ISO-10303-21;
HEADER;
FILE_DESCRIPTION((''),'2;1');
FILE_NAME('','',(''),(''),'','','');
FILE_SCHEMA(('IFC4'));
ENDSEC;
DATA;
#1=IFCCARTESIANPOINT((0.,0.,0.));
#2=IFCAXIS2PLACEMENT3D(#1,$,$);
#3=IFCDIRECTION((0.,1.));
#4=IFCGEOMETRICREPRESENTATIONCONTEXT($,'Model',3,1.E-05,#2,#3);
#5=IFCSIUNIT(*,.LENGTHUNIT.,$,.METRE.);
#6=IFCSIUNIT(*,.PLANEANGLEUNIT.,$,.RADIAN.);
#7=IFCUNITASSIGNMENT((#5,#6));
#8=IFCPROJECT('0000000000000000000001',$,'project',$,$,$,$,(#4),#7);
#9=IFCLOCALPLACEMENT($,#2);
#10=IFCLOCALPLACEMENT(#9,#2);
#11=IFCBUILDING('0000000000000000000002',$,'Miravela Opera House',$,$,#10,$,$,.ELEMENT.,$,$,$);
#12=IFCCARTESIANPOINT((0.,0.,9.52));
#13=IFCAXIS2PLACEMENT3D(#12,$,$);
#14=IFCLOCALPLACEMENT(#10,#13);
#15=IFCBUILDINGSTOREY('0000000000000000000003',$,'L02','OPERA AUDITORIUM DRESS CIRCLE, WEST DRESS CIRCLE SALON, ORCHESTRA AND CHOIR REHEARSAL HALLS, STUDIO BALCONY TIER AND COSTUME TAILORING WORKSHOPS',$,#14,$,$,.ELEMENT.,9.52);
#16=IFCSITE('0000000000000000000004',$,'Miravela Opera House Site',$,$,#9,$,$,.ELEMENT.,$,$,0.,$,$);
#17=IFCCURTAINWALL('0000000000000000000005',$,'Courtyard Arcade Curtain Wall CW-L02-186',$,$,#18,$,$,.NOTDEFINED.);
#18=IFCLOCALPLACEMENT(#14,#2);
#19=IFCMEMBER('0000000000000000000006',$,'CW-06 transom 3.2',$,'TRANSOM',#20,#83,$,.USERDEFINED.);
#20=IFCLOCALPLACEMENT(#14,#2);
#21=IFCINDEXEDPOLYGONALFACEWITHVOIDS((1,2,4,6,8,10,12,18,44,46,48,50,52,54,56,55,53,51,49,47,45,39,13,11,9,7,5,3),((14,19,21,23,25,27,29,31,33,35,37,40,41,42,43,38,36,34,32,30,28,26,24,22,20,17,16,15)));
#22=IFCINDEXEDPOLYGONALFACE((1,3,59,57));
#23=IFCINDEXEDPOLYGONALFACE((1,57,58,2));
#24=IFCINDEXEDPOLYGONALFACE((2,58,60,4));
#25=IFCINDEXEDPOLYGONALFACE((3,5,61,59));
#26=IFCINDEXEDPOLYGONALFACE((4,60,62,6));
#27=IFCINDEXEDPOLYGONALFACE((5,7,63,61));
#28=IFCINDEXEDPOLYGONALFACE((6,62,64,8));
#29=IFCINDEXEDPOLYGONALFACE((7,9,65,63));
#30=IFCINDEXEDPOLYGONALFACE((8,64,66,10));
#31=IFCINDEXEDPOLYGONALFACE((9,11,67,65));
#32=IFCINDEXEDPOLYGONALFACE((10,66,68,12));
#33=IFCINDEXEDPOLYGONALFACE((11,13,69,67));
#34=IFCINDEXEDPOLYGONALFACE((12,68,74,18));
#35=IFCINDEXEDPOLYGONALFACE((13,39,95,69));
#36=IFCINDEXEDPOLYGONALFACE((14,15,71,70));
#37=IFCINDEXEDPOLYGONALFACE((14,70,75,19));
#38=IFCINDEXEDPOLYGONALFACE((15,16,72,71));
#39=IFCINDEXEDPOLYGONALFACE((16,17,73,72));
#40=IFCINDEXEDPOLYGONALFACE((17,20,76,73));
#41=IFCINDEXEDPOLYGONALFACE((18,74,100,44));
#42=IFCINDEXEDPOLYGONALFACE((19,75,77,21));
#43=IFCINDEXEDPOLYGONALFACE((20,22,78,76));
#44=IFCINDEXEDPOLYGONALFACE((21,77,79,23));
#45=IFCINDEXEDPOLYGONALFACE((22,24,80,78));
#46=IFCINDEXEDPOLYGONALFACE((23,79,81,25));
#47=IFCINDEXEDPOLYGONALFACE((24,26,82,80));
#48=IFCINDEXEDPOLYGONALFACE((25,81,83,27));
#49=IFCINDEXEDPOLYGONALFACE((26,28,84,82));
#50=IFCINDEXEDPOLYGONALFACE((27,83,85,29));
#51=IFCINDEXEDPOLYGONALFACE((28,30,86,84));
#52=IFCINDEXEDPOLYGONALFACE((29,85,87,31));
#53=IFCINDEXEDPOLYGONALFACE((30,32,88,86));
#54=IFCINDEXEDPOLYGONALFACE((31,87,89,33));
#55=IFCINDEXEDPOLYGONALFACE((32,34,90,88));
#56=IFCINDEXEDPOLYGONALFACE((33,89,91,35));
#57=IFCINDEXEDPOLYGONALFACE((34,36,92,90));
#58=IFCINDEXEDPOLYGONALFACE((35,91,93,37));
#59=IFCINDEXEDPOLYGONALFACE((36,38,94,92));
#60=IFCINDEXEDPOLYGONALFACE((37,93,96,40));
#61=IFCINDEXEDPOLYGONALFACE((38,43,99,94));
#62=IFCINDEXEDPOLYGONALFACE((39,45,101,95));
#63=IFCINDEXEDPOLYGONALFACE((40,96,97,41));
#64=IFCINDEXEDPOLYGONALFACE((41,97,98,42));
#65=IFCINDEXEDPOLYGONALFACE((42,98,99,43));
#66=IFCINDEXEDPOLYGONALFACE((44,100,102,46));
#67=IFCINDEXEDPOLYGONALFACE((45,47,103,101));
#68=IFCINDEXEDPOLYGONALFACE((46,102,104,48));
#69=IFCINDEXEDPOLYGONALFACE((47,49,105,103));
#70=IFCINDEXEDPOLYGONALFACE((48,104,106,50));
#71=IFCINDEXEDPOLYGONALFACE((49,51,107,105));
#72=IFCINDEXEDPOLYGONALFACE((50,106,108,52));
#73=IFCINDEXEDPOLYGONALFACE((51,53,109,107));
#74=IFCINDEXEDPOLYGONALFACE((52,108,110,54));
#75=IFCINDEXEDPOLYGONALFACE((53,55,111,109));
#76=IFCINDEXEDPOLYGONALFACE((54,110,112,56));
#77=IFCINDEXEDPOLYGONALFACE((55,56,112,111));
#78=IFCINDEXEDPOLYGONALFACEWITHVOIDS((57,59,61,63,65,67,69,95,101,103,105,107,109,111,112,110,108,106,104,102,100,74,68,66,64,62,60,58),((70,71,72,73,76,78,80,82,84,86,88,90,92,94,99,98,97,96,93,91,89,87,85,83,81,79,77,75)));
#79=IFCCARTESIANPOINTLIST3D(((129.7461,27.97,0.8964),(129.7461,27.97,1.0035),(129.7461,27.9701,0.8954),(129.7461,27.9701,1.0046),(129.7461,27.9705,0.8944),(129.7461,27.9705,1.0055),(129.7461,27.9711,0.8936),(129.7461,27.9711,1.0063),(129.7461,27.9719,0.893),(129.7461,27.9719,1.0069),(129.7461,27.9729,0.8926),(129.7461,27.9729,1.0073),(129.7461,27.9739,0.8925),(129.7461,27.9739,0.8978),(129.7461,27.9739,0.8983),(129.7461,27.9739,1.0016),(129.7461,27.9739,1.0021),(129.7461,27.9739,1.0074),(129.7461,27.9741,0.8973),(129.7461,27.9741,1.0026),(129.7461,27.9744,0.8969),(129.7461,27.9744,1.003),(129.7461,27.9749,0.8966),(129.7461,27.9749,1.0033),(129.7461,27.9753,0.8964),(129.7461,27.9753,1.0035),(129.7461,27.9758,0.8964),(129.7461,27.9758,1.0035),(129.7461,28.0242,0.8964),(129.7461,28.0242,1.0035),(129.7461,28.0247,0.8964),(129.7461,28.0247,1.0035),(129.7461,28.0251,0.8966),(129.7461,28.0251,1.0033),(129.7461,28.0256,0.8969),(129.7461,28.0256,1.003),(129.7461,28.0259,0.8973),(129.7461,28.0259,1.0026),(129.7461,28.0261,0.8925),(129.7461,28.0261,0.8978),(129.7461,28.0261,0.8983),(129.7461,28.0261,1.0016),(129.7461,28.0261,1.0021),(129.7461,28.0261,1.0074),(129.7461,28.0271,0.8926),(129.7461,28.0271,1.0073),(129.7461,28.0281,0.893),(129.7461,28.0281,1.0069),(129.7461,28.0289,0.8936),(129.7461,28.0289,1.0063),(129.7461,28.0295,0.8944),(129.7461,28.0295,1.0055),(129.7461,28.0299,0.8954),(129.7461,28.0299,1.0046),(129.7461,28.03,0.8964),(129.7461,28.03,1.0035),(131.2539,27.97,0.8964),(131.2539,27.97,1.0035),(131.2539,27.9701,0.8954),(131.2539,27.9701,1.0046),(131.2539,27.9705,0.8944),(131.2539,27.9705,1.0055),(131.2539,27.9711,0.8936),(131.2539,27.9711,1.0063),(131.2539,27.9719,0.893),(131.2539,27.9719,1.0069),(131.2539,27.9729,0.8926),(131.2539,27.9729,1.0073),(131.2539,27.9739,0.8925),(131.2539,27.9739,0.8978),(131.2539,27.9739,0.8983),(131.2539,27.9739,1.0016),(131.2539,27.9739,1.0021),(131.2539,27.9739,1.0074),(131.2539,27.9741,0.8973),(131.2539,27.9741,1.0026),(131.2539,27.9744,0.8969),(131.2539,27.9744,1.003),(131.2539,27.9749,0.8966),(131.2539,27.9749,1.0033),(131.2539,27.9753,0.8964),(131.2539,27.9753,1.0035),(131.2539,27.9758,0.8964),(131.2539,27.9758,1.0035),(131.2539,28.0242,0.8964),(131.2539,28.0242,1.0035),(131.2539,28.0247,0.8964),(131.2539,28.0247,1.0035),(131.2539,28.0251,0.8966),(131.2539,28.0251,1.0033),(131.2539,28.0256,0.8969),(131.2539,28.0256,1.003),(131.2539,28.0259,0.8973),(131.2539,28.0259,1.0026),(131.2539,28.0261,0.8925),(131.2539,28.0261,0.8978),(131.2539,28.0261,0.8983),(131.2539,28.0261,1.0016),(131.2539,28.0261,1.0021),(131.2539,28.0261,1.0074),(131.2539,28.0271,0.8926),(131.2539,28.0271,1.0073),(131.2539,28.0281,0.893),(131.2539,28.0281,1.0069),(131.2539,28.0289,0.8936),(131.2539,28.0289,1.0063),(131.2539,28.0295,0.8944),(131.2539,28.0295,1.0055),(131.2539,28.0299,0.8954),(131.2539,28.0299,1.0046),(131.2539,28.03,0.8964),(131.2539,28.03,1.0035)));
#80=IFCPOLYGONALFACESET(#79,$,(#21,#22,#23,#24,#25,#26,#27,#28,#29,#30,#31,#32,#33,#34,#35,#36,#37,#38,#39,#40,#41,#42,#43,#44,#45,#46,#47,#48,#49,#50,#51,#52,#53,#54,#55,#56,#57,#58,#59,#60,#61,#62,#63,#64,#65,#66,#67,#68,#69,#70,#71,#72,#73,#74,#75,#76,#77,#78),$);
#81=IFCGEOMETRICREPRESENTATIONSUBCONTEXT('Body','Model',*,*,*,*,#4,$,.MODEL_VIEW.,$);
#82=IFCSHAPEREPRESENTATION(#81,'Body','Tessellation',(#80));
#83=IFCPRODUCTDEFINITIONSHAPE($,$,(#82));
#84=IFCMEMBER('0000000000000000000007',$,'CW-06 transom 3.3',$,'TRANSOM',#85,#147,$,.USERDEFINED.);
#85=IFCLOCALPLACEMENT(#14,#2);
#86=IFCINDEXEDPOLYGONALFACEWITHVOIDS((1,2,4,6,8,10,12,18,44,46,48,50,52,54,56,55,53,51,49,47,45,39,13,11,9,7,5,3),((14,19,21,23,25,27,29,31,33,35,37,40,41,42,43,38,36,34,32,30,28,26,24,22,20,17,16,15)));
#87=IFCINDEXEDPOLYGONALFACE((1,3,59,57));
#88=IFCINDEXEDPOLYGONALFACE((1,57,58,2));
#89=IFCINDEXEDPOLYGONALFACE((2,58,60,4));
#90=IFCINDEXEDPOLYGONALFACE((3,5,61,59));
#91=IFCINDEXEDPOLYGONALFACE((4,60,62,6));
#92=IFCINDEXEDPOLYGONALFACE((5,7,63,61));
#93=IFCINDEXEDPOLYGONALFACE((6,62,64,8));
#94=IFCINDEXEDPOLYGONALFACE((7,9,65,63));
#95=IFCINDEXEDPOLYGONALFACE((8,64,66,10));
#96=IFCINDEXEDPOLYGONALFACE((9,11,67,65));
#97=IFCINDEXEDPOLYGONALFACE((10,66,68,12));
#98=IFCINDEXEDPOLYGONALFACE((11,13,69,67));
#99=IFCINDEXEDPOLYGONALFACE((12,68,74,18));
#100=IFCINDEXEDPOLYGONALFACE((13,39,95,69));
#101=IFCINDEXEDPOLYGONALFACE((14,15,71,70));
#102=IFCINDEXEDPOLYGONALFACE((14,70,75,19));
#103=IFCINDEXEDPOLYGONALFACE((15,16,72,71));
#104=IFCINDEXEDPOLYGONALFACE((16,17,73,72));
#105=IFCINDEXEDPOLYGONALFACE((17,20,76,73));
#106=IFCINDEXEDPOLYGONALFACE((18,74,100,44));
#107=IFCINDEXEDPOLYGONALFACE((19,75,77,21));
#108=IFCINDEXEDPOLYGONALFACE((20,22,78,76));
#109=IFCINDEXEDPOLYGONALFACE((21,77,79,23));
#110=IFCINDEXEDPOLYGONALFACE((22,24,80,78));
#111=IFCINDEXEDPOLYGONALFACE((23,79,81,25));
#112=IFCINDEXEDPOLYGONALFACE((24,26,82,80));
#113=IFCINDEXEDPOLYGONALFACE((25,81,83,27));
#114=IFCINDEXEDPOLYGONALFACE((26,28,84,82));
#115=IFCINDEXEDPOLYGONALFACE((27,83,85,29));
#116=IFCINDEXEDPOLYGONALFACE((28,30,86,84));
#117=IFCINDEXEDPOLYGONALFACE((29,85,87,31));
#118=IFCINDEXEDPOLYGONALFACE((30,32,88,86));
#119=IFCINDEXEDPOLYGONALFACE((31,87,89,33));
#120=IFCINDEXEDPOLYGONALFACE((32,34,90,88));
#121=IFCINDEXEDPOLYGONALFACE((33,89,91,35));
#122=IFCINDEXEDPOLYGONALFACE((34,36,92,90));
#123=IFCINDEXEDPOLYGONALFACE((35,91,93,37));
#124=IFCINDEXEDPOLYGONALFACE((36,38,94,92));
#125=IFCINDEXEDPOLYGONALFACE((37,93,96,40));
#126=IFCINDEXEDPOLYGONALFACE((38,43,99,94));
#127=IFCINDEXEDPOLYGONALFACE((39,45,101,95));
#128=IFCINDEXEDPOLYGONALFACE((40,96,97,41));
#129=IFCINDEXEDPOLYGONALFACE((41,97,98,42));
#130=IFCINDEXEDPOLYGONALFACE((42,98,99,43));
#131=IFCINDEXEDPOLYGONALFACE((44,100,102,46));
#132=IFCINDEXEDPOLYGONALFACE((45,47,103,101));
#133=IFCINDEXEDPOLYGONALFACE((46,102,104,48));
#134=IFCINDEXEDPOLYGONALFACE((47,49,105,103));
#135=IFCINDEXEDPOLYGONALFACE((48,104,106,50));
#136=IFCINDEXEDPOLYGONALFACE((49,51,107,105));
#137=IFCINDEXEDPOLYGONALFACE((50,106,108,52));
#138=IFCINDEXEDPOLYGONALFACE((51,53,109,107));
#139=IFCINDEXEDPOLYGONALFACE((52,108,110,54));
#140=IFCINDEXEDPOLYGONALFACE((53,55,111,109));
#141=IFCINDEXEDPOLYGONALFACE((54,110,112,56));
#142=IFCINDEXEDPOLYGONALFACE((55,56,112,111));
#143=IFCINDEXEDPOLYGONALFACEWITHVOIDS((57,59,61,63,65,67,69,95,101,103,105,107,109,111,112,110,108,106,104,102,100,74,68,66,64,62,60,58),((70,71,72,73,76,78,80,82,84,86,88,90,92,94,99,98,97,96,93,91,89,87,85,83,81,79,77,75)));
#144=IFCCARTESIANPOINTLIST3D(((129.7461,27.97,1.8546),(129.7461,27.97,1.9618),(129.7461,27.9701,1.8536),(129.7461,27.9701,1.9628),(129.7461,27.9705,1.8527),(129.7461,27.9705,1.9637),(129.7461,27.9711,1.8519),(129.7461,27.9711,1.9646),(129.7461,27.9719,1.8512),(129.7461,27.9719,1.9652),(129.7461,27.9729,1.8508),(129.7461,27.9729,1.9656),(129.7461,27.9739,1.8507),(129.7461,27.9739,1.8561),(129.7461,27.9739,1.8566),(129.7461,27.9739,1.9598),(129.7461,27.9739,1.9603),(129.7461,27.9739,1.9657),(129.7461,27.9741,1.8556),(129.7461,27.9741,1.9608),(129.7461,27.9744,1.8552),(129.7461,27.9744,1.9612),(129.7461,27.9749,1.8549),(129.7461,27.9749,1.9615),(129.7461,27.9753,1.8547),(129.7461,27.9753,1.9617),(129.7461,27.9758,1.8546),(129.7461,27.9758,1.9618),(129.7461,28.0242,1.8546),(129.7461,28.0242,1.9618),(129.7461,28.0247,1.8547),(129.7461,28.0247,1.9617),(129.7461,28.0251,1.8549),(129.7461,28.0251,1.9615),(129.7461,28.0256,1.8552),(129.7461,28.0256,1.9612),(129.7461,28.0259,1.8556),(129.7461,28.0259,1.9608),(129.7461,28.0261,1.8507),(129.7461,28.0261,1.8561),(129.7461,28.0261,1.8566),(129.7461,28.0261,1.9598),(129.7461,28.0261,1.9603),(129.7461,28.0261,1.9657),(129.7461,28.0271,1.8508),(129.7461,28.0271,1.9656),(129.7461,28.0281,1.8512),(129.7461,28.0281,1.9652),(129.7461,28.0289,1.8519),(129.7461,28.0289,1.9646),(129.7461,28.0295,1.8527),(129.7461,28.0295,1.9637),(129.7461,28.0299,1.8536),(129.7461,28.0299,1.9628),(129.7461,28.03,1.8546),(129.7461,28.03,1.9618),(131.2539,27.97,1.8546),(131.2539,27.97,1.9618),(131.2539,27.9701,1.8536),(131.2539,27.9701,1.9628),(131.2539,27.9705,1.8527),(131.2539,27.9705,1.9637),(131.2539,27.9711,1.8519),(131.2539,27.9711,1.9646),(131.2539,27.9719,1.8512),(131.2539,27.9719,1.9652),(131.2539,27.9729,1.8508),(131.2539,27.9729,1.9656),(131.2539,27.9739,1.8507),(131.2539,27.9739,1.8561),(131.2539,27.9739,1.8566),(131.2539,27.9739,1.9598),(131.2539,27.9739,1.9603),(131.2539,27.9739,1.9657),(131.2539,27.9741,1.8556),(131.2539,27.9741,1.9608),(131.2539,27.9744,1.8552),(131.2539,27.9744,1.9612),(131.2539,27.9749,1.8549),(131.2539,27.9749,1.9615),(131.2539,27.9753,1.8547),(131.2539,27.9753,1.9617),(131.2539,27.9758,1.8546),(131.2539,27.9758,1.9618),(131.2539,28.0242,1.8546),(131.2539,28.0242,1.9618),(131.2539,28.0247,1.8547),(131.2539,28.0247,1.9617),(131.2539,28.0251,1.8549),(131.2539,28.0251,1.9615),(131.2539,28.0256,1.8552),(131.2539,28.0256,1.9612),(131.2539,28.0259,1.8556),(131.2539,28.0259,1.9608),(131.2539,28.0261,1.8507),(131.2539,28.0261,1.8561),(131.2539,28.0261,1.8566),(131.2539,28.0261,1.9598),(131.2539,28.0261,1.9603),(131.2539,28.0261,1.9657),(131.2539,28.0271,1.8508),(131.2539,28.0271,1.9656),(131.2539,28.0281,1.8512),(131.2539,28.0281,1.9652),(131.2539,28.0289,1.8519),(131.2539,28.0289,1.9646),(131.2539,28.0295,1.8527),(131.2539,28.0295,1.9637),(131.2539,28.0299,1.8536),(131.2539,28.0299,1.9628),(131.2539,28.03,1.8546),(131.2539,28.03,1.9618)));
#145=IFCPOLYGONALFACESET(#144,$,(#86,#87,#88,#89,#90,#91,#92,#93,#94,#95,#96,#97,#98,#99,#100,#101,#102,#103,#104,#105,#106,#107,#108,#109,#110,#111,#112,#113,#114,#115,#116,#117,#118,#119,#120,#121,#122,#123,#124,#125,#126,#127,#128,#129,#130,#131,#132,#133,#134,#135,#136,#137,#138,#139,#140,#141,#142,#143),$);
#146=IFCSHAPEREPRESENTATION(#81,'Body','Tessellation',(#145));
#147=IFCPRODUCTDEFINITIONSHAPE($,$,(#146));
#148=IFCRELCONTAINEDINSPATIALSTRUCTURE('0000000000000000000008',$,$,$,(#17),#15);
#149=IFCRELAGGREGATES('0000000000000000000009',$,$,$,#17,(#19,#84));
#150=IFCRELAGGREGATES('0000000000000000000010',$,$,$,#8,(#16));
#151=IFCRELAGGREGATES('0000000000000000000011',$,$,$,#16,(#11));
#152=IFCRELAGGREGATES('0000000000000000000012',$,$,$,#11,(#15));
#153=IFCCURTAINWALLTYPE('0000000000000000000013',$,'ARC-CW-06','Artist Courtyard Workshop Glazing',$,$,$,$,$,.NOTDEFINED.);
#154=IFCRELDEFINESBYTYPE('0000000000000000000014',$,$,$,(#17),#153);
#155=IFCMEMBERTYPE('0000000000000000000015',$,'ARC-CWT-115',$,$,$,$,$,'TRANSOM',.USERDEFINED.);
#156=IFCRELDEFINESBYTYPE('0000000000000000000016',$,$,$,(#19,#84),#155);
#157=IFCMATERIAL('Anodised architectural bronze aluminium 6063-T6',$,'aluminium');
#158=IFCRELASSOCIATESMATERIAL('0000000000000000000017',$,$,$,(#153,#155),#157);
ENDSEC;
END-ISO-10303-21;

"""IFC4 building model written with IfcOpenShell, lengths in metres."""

from ifc_helpers import new_model, si_unit, direction, frame, origin, origin_2d, place, context, subcontext, project, spatial, hollow_rectangle, extrude, material, material_profile, profile_set, type_object, element, aggregate, save


model = new_model("IFC4")

# Units and contexts
model_context = context("Model", 3, precision=1e-05, world=origin(), true_north=direction((0.0, 1.0)))
body_context = subcontext(model_context, "Body", "Model", "MODEL_VIEW")
ifc_project = project(units=[si_unit("LENGTHUNIT", "METRE"), si_unit("PLANEANGLEUNIT", "RADIAN")], contexts=[model_context])

# Site, building, storey
site_placement = place(None, origin())
site = spatial("IfcSite", under=ifc_project, at=site_placement, Name="Miravela Opera House Site", CompositionType="ELEMENT", RefElevation=0.0)
building_placement = place(site_placement, origin())
building = spatial("IfcBuilding", under=site, at=building_placement, Name="Miravela Opera House", CompositionType="ELEMENT")
storey_placement = place(building_placement, frame((0.0, 0.0, 9.52)))
storey = spatial("IfcBuildingStorey", under=building, at=storey_placement, Name="L02", Description="OPERA AUDITORIUM DRESS CIRCLE, WEST DRESS CIRCLE SALON, ORCHESTRA AND CHOIR REHEARSAL HALLS, STUDIO BALCONY TIER AND COSTUME TAILORING WORKSHOPS", CompositionType="ELEMENT", Elevation=9.52)

# Curtain wall, members
ifc_material_1 = material(Name="Anodised architectural bronze aluminium 6063-T6", Category="aluminium")
curtain_wall_type = type_object("IfcCurtainWallType", Name="ARC-CW-06", Description="Artist Courtyard Workshop Glazing", PredefinedType="NOTDEFINED", material=ifc_material_1)
curtain_wall_placement = place(storey_placement, origin())
curtain_wall = element("IfcCurtainWall", 1, at=curtain_wall_placement, inside=storey, type_object=curtain_wall_type, Name="Courtyard Arcade Curtain Wall CW-L02-186", PredefinedType="NOTDEFINED")
ifc_material_profile_1 = material_profile(ifc_material_1, hollow_rectangle(XDim=0.0601, YDim=0.115, WallThickness=0.0039, InnerFilletRadius=0.002, OuterFilletRadius=0.0039, at=origin_2d()), Name="CWT-60X115")
ifc_profile_set_1 = profile_set([ifc_material_profile_1])
member_type_1 = type_object("IfcMemberType", Name="ARC-CWT-115", ElementType="TRANSOM", PredefinedType="USERDEFINED", material=ifc_profile_set_1)
member_1_placement = place(storey_placement, frame((129.7461, 28.0, 0.95), z_axis=(1.0, 0.0, 0.0), x_axis=(0.0, 1.0, 0.0)))
member_1 = element("IfcMember", 2, at=member_1_placement, type_object=member_type_1, Name="CW-06 transom 3.2", ObjectType="TRANSOM", PredefinedType="USERDEFINED", context=body_context, shape_type="SweptSolid", body=[
    extrude(hollow_rectangle(XDim=0.0601, YDim=0.115, WallThickness=0.0039, InnerFilletRadius=0.002, OuterFilletRadius=0.0039, at=origin_2d()), origin(), (0.0, 0.0, 1.0), 1.5078),
])
member_2_placement = place(storey_placement, frame((129.7461, 28.0, 1.9082), z_axis=(1.0, 0.0, 0.0), x_axis=(0.0, 1.0, 0.0)))
member_2 = element("IfcMember", 3, at=member_2_placement, type_object=member_type_1, Name="CW-06 transom 3.3", ObjectType="TRANSOM", PredefinedType="USERDEFINED", context=body_context, shape_type="SweptSolid", body=[
    extrude(hollow_rectangle(XDim=0.0601, YDim=0.115, WallThickness=0.0039, InnerFilletRadius=0.002, OuterFilletRadius=0.0039, at=origin_2d()), origin(), (0.0, 0.0, 1.0), 1.5078),
])

aggregate(curtain_wall, [member_1, member_2])

save(model, "model.ifc")
